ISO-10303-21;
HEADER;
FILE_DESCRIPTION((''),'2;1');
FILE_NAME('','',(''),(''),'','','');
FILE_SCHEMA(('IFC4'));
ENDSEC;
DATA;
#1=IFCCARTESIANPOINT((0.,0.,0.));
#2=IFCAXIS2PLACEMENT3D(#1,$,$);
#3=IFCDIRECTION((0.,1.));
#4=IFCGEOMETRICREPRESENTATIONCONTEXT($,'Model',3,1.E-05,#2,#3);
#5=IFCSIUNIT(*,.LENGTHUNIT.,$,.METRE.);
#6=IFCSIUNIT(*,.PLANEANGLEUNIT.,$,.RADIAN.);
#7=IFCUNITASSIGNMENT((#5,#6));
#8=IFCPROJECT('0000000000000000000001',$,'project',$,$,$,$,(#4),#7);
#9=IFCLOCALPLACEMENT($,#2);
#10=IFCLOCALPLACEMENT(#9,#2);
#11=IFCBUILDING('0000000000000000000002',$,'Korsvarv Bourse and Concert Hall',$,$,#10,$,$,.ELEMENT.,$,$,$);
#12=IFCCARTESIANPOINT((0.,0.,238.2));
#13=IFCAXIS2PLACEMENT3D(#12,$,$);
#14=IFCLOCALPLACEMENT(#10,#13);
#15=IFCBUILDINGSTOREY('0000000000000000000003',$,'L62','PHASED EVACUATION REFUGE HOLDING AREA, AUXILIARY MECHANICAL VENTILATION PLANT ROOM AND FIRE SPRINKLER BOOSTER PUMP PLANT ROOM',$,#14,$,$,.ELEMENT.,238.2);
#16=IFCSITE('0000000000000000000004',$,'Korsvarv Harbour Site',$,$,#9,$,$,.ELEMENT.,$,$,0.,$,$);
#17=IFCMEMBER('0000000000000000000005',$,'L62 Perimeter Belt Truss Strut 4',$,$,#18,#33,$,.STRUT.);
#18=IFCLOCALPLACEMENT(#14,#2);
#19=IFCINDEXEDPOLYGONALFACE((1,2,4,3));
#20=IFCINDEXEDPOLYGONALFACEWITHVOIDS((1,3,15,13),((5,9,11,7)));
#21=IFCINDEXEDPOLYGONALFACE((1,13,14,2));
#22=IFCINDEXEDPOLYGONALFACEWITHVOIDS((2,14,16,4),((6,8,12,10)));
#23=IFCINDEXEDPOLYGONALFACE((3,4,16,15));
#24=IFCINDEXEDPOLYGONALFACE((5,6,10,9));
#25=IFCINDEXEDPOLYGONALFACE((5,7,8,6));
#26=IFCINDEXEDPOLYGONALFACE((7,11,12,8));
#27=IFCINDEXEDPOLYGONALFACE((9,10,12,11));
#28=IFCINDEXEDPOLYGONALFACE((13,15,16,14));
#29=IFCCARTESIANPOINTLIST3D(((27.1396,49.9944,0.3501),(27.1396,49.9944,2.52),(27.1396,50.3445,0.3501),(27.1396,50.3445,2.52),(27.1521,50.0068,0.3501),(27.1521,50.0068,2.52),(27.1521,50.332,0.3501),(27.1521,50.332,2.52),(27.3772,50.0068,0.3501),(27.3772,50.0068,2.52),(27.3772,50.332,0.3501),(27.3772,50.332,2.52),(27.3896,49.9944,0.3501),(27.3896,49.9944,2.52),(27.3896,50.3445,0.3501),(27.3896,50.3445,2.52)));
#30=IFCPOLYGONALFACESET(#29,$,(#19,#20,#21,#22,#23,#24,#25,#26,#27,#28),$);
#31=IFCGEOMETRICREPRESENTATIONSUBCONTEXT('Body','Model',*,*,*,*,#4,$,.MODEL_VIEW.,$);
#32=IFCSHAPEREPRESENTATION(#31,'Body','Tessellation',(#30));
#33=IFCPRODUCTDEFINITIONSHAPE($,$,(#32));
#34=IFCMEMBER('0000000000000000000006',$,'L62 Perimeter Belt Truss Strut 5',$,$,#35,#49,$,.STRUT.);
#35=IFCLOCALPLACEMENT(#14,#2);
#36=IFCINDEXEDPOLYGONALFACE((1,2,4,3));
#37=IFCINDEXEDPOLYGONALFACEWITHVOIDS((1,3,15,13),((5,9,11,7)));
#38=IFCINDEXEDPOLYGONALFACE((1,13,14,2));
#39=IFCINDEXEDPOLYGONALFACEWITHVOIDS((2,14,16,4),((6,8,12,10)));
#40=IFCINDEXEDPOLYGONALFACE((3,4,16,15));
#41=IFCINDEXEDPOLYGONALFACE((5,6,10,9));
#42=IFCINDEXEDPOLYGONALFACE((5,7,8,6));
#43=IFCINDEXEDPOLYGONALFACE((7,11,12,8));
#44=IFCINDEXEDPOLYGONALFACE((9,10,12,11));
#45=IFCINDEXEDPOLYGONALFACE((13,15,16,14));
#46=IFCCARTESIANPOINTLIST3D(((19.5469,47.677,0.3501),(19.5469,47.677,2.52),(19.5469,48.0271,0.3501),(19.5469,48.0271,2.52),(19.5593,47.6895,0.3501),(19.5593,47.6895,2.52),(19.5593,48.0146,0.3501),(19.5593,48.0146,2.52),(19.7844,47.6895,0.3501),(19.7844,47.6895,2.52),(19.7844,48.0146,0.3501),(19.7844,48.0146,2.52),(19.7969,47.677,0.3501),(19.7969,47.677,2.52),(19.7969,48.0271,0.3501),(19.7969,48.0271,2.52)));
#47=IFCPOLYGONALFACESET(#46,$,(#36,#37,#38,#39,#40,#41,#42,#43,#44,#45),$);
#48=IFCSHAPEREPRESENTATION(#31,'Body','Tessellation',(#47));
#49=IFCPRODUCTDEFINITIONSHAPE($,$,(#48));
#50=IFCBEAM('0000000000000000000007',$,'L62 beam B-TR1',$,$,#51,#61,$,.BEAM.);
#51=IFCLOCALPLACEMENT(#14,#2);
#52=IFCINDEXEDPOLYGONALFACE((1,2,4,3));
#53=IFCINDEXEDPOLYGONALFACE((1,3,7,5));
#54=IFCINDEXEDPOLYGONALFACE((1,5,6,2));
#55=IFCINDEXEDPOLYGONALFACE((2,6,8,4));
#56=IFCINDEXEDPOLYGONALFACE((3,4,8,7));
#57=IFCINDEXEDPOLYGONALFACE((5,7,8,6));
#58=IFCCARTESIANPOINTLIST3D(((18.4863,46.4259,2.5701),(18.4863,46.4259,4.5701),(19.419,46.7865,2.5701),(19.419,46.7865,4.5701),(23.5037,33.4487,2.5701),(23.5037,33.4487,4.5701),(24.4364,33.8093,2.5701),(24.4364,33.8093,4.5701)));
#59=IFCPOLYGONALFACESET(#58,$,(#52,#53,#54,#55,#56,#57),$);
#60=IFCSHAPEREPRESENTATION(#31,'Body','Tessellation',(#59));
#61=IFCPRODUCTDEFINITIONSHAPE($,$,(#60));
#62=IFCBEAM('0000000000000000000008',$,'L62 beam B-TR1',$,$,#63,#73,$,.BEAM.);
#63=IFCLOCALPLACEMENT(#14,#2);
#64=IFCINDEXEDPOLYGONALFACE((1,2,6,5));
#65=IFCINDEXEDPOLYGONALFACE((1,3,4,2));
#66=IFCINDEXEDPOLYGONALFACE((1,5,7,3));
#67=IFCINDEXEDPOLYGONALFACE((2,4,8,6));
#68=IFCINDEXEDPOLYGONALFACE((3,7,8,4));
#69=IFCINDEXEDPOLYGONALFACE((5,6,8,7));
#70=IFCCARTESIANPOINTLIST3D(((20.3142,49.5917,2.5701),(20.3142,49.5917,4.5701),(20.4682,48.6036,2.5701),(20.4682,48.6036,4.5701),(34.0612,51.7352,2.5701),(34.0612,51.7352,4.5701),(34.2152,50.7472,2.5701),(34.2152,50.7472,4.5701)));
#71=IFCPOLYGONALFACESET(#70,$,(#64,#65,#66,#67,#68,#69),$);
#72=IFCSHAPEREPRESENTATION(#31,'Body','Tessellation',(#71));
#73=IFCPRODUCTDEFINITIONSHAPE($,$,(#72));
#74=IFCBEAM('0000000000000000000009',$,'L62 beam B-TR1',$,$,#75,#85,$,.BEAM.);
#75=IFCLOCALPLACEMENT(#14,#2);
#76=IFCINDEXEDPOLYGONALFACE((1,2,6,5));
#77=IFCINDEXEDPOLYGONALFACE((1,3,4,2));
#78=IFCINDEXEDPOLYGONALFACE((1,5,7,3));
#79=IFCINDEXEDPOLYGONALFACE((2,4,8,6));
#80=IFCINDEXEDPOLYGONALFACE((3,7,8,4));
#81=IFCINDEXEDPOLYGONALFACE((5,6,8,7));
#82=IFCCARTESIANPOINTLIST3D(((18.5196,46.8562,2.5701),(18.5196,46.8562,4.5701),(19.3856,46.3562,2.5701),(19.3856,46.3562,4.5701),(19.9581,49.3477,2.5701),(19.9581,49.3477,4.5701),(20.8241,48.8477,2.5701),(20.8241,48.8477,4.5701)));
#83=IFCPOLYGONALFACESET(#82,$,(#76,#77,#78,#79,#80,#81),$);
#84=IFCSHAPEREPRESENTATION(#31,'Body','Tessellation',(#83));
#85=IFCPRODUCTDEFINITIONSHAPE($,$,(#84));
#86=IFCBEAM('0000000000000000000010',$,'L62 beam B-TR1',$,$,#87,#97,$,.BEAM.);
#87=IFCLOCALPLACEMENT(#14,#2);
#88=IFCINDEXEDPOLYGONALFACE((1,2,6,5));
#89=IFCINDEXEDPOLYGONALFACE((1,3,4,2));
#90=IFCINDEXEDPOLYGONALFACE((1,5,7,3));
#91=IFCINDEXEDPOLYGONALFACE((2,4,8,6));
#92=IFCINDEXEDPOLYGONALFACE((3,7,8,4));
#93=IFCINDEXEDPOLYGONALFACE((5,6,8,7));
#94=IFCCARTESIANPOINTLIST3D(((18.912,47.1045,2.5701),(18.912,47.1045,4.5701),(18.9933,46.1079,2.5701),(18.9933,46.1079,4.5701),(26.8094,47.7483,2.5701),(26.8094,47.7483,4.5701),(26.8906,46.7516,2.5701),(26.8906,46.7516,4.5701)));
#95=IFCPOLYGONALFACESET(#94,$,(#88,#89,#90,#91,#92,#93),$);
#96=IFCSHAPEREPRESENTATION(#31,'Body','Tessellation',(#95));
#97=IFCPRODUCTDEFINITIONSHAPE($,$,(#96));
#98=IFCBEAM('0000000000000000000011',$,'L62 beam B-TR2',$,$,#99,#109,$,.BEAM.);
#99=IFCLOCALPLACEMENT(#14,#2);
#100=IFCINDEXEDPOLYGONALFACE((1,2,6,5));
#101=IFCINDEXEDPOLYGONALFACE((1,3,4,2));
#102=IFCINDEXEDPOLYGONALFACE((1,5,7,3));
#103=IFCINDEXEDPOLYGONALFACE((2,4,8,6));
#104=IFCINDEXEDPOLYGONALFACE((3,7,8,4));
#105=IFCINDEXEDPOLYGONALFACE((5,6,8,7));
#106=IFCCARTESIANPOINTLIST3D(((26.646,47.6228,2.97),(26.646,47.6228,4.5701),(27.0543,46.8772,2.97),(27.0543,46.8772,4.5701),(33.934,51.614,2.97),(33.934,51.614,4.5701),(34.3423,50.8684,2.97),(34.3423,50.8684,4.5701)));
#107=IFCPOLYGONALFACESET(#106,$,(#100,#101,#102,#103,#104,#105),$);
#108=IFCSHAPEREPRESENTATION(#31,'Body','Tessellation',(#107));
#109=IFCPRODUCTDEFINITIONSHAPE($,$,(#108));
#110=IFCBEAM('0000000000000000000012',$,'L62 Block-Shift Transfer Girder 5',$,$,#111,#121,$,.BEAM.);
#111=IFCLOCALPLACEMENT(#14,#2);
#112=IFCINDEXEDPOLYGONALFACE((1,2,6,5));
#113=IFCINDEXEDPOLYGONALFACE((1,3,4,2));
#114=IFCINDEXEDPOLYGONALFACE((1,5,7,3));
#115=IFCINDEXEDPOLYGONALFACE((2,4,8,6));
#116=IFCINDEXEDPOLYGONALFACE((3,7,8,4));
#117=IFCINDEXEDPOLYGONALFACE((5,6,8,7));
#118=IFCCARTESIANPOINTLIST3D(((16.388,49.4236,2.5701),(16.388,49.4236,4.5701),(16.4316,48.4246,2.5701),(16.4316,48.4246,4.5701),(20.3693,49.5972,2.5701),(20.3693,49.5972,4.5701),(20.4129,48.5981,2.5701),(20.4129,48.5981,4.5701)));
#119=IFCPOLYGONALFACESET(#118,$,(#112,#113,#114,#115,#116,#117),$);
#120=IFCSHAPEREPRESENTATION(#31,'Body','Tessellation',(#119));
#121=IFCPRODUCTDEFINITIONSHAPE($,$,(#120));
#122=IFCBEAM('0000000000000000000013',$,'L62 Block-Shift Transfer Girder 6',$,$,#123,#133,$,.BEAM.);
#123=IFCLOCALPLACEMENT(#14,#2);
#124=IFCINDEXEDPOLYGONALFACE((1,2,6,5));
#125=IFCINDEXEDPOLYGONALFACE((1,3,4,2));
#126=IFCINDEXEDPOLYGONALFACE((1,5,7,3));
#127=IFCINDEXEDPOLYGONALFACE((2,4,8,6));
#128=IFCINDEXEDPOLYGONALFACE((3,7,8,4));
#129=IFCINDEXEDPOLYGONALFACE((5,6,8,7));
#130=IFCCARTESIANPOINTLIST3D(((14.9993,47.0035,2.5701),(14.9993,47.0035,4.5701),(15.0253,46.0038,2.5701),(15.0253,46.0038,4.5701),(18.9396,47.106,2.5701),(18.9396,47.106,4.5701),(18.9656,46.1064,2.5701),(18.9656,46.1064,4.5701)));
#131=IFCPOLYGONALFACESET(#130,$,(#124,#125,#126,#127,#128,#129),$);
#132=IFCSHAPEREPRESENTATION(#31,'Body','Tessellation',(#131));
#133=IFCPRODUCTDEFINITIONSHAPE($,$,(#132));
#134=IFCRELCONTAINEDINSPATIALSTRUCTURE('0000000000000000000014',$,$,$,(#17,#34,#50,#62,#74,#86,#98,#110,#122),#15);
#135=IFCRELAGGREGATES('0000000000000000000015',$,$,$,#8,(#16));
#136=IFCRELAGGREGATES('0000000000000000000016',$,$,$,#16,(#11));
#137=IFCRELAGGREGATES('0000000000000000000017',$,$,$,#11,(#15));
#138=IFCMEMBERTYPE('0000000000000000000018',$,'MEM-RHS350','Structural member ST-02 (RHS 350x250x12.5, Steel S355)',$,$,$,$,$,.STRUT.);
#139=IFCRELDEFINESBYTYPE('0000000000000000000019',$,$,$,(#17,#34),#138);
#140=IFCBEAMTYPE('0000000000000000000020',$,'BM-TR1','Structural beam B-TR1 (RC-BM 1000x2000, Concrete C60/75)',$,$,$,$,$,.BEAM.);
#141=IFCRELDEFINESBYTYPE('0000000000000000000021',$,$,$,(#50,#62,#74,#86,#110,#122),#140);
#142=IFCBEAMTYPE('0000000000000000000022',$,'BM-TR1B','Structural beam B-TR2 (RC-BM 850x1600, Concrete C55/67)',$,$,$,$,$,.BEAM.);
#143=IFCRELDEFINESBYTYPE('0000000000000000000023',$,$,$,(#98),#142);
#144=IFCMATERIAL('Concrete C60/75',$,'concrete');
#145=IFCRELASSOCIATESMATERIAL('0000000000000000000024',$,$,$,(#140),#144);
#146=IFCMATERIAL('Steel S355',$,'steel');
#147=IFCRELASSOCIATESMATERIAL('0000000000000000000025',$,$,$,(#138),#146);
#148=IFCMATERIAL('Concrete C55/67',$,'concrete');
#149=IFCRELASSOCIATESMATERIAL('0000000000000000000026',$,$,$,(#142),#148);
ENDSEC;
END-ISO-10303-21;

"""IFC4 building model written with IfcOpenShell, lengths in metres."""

from ifc_helpers import new_model, si_unit, direction, frame, origin, origin_2d, place, context, subcontext, project, spatial, rectangle, hollow_rectangle, extrude, source, transform, mapped, material, material_profile, profile_set, type_object, element, save


model = new_model("IFC4")

# Units and contexts
model_context = context("Model", 3, precision=1e-05, world=origin(), true_north=direction((0.0, 1.0)))
body_context = subcontext(model_context, "Body", "Model", "MODEL_VIEW")
ifc_project = project(units=[si_unit("LENGTHUNIT", "METRE"), si_unit("PLANEANGLEUNIT", "RADIAN")], contexts=[model_context])

# Site, building, storey
site_placement = place(None, origin())
site = spatial("IfcSite", under=ifc_project, at=site_placement, Name="Korsvarv Harbour Site", CompositionType="ELEMENT", RefElevation=0.0)
building_placement = place(site_placement, origin())
building = spatial("IfcBuilding", under=site, at=building_placement, Name="Korsvarv Bourse and Concert Hall", CompositionType="ELEMENT")
storey_placement = place(building_placement, frame((0.0, 0.0, 238.2)))
storey = spatial("IfcBuildingStorey", under=building, at=storey_placement, Name="L62", Description="PHASED EVACUATION REFUGE HOLDING AREA, AUXILIARY MECHANICAL VENTILATION PLANT ROOM AND FIRE SPRINKLER BOOSTER PUMP PLANT ROOM", CompositionType="ELEMENT", Elevation=238.2)

# Shared definitions
ifc_material_1 = material(Name="Concrete C55/67", Category="concrete")
ifc_material_2 = material(Name="Steel S355", Category="steel")

# Shared definitions
ifc_material_3 = material(Name="Concrete C60/75", Category="concrete")
ifc_material_profile_1 = material_profile(ifc_material_3, rectangle(XDim=1.0, YDim=2.0, at=origin_2d()), Name="RC-BM 1000x2000")
ifc_profile_set_1 = profile_set([ifc_material_profile_1], Name="Concrete C60/75")
beam_type_1 = type_object("IfcBeamType", Name="BM-TR1", Description="Structural beam B-TR1 (RC-BM 1000x2000, Concrete C60/75)", PredefinedType="BEAM", material=ifc_profile_set_1)

# Members
ifc_material_profile_2 = material_profile(ifc_material_2, hollow_rectangle(XDim=0.25, YDim=0.3501, WallThickness=0.0125, at=origin_2d()), Name="RHS 350x250x12.5")
ifc_profile_set_2 = profile_set([ifc_material_profile_2], Name="Steel S355")
member_type_1 = type_object("IfcMemberType", Name="MEM-RHS350", Description="Structural member ST-02 (RHS 350x250x12.5, Steel S355)", PredefinedType="STRUT", material=ifc_profile_set_2)
shared_shape_1 = source(origin(), body_context, "Body", "SweptSolid", [
    extrude(hollow_rectangle(XDim=0.25, YDim=0.3501, WallThickness=0.0125, at=origin_2d()), origin(), (0.0, 0.0, 1.0), 2.1699),
])
for number, where, z_axis, x_axis, name in (
    (1, (27.2646, 50.1694, 0.3501), (0.0, 0.0, 1.0), (1.0, 0.0, 0.0), "L62 Perimeter Belt Truss Strut 4"),
    (2, (19.6719, 47.8521, 0.3501), (0.0, 0.0, 1.0), (1.0, 0.0, 0.0), "L62 Perimeter Belt Truss Strut 5"),
):
    element("IfcMember", number, at=place(storey_placement, frame(where, z_axis=z_axis, x_axis=x_axis)), inside=storey, type_object=member_type_1, Name=name, PredefinedType="STRUT", context=body_context, shape_type="MappedRepresentation", body=[
        mapped(shared_shape_1, transform((0.0, 0.0, 0.0), scale=1.0)),
    ])

# Beams
shared_shape_2 = source(origin(), body_context, "Body", "SweptSolid", [
    extrude(rectangle(XDim=1.0, YDim=2.0, at=origin_2d()), origin(), (0.0, 0.0, 1.0), 13.9133),
])
beam_1_placement = place(storey_placement, frame((18.9526, 46.6062, 3.5701), z_axis=(0.360616, -0.932714, 0.0), x_axis=(0.932714, 0.360616, 0.0)))
element("IfcBeam", 3, at=beam_1_placement, inside=storey, type_object=beam_type_1, Name="L62 beam B-TR1", PredefinedType="BEAM", context=body_context, shape_type="MappedRepresentation", body=[
    mapped(shared_shape_2, transform((0.0, 0.0, 0.0), scale=1.0)),
])
shared_shape_3 = source(origin(), body_context, "Body", "SweptSolid", [
    extrude(rectangle(XDim=1.0, YDim=2.0, at=origin_2d()), origin(), (0.0, 0.0, 1.0), 13.9131),
])
beam_2_placement = place(storey_placement, frame((34.1382, 51.2412, 3.5701), z_axis=(-0.98806, -0.154066, 0.0), x_axis=(0.154066, -0.98806, 0.0)))
element("IfcBeam", 4, at=beam_2_placement, inside=storey, type_object=beam_type_1, Name="L62 beam B-TR1", PredefinedType="BEAM", context=body_context, shape_type="MappedRepresentation", body=[
    mapped(shared_shape_3, transform((0.0, 0.0, 0.0), scale=1.0)),
])
shared_shape_4 = source(origin(), body_context, "Body", "SweptSolid", [
    extrude(rectangle(XDim=1.0, YDim=2.0, at=origin_2d()), origin(), (0.0, 0.0, 1.0), 2.877),
])
beam_3_placement = place(storey_placement, frame((20.3911, 49.0977, 3.5701), z_axis=(-0.500009, -0.86602, 0.0), x_axis=(0.86602, -0.500009, 0.0)))
element("IfcBeam", 5, at=beam_3_placement, inside=storey, type_object=beam_type_1, Name="L62 beam B-TR1", PredefinedType="BEAM", context=body_context, shape_type="MappedRepresentation", body=[
    mapped(shared_shape_4, transform((0.0, 0.0, 0.0), scale=1.0)),
])
shared_shape_5 = source(origin(), body_context, "Body", "SweptSolid", [
    extrude(rectangle(XDim=1.0, YDim=2.0, at=origin_2d()), origin(), (0.0, 0.0, 1.0), 7.9236),
])
beam_4_placement = place(storey_placement, frame((18.9526, 46.6062, 3.5701), z_axis=(0.996694, 0.08125, 0.0), x_axis=(-0.08125, 0.996694, 0.0)))
element("IfcBeam", 6, at=beam_4_placement, inside=storey, type_object=beam_type_1, Name="L62 beam B-TR1", PredefinedType="BEAM", context=body_context, shape_type="MappedRepresentation", body=[
    mapped(shared_shape_5, transform((0.0, 0.0, 0.0), scale=1.0)),
])
ifc_material_profile_3 = material_profile(ifc_material_1, rectangle(XDim=0.8501, YDim=1.6001, at=origin_2d()), Name="RC-BM 850x1600")
ifc_profile_set_3 = profile_set([ifc_material_profile_3], Name="Concrete C55/67")
beam_type_2 = type_object("IfcBeamType", Name="BM-TR1B", Description="Structural beam B-TR2 (RC-BM 850x1600, Concrete C55/67)", PredefinedType="BEAM", material=ifc_profile_set_3)
shared_shape_6 = source(origin(), body_context, "Body", "SweptSolid", [
    extrude(rectangle(XDim=0.8501, YDim=1.6001, at=origin_2d()), origin(), (0.0, 0.0, 1.0), 8.3093),
])
beam_5_placement = place(storey_placement, frame((34.1382, 51.2412, 3.77), z_axis=(-0.87709, -0.480325, 0.0), x_axis=(0.480325, -0.87709, 0.0)))
element("IfcBeam", 7, at=beam_5_placement, inside=storey, type_object=beam_type_2, Name="L62 beam B-TR2", PredefinedType="BEAM", context=body_context, shape_type="MappedRepresentation", body=[
    mapped(shared_shape_6, transform((0.0, 0.0, 0.0), scale=1.0)),
])
shared_shape_7 = source(origin(), body_context, "Body", "SweptSolid", [
    extrude(rectangle(XDim=1.0, YDim=2.0, at=origin_2d()), origin(), (0.0, 0.0, 1.0), 3.9851),
])
beam_6_placement = place(storey_placement, frame((20.3911, 49.0977, 3.5701), z_axis=(-0.999051, -0.043557, 0.0), x_axis=(0.043557, -0.999051, 0.0)))
element("IfcBeam", 8, at=beam_6_placement, inside=storey, type_object=beam_type_1, Name="L62 Block-Shift Transfer Girder 5", PredefinedType="BEAM", context=body_context, shape_type="MappedRepresentation", body=[
    mapped(shared_shape_7, transform((0.0, 0.0, 0.0), scale=1.0)),
])
shared_shape_8 = source(origin(), body_context, "Body", "SweptSolid", [
    extrude(rectangle(XDim=1.0, YDim=2.0, at=origin_2d()), origin(), (0.0, 0.0, 1.0), 3.9417),
])
beam_7_placement = place(storey_placement, frame((18.9526, 46.6062, 3.5701), z_axis=(-0.999662, -0.026013, 0.0), x_axis=(0.026013, -0.999662, 0.0)))
element("IfcBeam", 9, at=beam_7_placement, inside=storey, type_object=beam_type_1, Name="L62 Block-Shift Transfer Girder 6", PredefinedType="BEAM", context=body_context, shape_type="MappedRepresentation", body=[
    mapped(shared_shape_8, transform((0.0, 0.0, 0.0), scale=1.0)),
])

save(model, "model.ifc")
